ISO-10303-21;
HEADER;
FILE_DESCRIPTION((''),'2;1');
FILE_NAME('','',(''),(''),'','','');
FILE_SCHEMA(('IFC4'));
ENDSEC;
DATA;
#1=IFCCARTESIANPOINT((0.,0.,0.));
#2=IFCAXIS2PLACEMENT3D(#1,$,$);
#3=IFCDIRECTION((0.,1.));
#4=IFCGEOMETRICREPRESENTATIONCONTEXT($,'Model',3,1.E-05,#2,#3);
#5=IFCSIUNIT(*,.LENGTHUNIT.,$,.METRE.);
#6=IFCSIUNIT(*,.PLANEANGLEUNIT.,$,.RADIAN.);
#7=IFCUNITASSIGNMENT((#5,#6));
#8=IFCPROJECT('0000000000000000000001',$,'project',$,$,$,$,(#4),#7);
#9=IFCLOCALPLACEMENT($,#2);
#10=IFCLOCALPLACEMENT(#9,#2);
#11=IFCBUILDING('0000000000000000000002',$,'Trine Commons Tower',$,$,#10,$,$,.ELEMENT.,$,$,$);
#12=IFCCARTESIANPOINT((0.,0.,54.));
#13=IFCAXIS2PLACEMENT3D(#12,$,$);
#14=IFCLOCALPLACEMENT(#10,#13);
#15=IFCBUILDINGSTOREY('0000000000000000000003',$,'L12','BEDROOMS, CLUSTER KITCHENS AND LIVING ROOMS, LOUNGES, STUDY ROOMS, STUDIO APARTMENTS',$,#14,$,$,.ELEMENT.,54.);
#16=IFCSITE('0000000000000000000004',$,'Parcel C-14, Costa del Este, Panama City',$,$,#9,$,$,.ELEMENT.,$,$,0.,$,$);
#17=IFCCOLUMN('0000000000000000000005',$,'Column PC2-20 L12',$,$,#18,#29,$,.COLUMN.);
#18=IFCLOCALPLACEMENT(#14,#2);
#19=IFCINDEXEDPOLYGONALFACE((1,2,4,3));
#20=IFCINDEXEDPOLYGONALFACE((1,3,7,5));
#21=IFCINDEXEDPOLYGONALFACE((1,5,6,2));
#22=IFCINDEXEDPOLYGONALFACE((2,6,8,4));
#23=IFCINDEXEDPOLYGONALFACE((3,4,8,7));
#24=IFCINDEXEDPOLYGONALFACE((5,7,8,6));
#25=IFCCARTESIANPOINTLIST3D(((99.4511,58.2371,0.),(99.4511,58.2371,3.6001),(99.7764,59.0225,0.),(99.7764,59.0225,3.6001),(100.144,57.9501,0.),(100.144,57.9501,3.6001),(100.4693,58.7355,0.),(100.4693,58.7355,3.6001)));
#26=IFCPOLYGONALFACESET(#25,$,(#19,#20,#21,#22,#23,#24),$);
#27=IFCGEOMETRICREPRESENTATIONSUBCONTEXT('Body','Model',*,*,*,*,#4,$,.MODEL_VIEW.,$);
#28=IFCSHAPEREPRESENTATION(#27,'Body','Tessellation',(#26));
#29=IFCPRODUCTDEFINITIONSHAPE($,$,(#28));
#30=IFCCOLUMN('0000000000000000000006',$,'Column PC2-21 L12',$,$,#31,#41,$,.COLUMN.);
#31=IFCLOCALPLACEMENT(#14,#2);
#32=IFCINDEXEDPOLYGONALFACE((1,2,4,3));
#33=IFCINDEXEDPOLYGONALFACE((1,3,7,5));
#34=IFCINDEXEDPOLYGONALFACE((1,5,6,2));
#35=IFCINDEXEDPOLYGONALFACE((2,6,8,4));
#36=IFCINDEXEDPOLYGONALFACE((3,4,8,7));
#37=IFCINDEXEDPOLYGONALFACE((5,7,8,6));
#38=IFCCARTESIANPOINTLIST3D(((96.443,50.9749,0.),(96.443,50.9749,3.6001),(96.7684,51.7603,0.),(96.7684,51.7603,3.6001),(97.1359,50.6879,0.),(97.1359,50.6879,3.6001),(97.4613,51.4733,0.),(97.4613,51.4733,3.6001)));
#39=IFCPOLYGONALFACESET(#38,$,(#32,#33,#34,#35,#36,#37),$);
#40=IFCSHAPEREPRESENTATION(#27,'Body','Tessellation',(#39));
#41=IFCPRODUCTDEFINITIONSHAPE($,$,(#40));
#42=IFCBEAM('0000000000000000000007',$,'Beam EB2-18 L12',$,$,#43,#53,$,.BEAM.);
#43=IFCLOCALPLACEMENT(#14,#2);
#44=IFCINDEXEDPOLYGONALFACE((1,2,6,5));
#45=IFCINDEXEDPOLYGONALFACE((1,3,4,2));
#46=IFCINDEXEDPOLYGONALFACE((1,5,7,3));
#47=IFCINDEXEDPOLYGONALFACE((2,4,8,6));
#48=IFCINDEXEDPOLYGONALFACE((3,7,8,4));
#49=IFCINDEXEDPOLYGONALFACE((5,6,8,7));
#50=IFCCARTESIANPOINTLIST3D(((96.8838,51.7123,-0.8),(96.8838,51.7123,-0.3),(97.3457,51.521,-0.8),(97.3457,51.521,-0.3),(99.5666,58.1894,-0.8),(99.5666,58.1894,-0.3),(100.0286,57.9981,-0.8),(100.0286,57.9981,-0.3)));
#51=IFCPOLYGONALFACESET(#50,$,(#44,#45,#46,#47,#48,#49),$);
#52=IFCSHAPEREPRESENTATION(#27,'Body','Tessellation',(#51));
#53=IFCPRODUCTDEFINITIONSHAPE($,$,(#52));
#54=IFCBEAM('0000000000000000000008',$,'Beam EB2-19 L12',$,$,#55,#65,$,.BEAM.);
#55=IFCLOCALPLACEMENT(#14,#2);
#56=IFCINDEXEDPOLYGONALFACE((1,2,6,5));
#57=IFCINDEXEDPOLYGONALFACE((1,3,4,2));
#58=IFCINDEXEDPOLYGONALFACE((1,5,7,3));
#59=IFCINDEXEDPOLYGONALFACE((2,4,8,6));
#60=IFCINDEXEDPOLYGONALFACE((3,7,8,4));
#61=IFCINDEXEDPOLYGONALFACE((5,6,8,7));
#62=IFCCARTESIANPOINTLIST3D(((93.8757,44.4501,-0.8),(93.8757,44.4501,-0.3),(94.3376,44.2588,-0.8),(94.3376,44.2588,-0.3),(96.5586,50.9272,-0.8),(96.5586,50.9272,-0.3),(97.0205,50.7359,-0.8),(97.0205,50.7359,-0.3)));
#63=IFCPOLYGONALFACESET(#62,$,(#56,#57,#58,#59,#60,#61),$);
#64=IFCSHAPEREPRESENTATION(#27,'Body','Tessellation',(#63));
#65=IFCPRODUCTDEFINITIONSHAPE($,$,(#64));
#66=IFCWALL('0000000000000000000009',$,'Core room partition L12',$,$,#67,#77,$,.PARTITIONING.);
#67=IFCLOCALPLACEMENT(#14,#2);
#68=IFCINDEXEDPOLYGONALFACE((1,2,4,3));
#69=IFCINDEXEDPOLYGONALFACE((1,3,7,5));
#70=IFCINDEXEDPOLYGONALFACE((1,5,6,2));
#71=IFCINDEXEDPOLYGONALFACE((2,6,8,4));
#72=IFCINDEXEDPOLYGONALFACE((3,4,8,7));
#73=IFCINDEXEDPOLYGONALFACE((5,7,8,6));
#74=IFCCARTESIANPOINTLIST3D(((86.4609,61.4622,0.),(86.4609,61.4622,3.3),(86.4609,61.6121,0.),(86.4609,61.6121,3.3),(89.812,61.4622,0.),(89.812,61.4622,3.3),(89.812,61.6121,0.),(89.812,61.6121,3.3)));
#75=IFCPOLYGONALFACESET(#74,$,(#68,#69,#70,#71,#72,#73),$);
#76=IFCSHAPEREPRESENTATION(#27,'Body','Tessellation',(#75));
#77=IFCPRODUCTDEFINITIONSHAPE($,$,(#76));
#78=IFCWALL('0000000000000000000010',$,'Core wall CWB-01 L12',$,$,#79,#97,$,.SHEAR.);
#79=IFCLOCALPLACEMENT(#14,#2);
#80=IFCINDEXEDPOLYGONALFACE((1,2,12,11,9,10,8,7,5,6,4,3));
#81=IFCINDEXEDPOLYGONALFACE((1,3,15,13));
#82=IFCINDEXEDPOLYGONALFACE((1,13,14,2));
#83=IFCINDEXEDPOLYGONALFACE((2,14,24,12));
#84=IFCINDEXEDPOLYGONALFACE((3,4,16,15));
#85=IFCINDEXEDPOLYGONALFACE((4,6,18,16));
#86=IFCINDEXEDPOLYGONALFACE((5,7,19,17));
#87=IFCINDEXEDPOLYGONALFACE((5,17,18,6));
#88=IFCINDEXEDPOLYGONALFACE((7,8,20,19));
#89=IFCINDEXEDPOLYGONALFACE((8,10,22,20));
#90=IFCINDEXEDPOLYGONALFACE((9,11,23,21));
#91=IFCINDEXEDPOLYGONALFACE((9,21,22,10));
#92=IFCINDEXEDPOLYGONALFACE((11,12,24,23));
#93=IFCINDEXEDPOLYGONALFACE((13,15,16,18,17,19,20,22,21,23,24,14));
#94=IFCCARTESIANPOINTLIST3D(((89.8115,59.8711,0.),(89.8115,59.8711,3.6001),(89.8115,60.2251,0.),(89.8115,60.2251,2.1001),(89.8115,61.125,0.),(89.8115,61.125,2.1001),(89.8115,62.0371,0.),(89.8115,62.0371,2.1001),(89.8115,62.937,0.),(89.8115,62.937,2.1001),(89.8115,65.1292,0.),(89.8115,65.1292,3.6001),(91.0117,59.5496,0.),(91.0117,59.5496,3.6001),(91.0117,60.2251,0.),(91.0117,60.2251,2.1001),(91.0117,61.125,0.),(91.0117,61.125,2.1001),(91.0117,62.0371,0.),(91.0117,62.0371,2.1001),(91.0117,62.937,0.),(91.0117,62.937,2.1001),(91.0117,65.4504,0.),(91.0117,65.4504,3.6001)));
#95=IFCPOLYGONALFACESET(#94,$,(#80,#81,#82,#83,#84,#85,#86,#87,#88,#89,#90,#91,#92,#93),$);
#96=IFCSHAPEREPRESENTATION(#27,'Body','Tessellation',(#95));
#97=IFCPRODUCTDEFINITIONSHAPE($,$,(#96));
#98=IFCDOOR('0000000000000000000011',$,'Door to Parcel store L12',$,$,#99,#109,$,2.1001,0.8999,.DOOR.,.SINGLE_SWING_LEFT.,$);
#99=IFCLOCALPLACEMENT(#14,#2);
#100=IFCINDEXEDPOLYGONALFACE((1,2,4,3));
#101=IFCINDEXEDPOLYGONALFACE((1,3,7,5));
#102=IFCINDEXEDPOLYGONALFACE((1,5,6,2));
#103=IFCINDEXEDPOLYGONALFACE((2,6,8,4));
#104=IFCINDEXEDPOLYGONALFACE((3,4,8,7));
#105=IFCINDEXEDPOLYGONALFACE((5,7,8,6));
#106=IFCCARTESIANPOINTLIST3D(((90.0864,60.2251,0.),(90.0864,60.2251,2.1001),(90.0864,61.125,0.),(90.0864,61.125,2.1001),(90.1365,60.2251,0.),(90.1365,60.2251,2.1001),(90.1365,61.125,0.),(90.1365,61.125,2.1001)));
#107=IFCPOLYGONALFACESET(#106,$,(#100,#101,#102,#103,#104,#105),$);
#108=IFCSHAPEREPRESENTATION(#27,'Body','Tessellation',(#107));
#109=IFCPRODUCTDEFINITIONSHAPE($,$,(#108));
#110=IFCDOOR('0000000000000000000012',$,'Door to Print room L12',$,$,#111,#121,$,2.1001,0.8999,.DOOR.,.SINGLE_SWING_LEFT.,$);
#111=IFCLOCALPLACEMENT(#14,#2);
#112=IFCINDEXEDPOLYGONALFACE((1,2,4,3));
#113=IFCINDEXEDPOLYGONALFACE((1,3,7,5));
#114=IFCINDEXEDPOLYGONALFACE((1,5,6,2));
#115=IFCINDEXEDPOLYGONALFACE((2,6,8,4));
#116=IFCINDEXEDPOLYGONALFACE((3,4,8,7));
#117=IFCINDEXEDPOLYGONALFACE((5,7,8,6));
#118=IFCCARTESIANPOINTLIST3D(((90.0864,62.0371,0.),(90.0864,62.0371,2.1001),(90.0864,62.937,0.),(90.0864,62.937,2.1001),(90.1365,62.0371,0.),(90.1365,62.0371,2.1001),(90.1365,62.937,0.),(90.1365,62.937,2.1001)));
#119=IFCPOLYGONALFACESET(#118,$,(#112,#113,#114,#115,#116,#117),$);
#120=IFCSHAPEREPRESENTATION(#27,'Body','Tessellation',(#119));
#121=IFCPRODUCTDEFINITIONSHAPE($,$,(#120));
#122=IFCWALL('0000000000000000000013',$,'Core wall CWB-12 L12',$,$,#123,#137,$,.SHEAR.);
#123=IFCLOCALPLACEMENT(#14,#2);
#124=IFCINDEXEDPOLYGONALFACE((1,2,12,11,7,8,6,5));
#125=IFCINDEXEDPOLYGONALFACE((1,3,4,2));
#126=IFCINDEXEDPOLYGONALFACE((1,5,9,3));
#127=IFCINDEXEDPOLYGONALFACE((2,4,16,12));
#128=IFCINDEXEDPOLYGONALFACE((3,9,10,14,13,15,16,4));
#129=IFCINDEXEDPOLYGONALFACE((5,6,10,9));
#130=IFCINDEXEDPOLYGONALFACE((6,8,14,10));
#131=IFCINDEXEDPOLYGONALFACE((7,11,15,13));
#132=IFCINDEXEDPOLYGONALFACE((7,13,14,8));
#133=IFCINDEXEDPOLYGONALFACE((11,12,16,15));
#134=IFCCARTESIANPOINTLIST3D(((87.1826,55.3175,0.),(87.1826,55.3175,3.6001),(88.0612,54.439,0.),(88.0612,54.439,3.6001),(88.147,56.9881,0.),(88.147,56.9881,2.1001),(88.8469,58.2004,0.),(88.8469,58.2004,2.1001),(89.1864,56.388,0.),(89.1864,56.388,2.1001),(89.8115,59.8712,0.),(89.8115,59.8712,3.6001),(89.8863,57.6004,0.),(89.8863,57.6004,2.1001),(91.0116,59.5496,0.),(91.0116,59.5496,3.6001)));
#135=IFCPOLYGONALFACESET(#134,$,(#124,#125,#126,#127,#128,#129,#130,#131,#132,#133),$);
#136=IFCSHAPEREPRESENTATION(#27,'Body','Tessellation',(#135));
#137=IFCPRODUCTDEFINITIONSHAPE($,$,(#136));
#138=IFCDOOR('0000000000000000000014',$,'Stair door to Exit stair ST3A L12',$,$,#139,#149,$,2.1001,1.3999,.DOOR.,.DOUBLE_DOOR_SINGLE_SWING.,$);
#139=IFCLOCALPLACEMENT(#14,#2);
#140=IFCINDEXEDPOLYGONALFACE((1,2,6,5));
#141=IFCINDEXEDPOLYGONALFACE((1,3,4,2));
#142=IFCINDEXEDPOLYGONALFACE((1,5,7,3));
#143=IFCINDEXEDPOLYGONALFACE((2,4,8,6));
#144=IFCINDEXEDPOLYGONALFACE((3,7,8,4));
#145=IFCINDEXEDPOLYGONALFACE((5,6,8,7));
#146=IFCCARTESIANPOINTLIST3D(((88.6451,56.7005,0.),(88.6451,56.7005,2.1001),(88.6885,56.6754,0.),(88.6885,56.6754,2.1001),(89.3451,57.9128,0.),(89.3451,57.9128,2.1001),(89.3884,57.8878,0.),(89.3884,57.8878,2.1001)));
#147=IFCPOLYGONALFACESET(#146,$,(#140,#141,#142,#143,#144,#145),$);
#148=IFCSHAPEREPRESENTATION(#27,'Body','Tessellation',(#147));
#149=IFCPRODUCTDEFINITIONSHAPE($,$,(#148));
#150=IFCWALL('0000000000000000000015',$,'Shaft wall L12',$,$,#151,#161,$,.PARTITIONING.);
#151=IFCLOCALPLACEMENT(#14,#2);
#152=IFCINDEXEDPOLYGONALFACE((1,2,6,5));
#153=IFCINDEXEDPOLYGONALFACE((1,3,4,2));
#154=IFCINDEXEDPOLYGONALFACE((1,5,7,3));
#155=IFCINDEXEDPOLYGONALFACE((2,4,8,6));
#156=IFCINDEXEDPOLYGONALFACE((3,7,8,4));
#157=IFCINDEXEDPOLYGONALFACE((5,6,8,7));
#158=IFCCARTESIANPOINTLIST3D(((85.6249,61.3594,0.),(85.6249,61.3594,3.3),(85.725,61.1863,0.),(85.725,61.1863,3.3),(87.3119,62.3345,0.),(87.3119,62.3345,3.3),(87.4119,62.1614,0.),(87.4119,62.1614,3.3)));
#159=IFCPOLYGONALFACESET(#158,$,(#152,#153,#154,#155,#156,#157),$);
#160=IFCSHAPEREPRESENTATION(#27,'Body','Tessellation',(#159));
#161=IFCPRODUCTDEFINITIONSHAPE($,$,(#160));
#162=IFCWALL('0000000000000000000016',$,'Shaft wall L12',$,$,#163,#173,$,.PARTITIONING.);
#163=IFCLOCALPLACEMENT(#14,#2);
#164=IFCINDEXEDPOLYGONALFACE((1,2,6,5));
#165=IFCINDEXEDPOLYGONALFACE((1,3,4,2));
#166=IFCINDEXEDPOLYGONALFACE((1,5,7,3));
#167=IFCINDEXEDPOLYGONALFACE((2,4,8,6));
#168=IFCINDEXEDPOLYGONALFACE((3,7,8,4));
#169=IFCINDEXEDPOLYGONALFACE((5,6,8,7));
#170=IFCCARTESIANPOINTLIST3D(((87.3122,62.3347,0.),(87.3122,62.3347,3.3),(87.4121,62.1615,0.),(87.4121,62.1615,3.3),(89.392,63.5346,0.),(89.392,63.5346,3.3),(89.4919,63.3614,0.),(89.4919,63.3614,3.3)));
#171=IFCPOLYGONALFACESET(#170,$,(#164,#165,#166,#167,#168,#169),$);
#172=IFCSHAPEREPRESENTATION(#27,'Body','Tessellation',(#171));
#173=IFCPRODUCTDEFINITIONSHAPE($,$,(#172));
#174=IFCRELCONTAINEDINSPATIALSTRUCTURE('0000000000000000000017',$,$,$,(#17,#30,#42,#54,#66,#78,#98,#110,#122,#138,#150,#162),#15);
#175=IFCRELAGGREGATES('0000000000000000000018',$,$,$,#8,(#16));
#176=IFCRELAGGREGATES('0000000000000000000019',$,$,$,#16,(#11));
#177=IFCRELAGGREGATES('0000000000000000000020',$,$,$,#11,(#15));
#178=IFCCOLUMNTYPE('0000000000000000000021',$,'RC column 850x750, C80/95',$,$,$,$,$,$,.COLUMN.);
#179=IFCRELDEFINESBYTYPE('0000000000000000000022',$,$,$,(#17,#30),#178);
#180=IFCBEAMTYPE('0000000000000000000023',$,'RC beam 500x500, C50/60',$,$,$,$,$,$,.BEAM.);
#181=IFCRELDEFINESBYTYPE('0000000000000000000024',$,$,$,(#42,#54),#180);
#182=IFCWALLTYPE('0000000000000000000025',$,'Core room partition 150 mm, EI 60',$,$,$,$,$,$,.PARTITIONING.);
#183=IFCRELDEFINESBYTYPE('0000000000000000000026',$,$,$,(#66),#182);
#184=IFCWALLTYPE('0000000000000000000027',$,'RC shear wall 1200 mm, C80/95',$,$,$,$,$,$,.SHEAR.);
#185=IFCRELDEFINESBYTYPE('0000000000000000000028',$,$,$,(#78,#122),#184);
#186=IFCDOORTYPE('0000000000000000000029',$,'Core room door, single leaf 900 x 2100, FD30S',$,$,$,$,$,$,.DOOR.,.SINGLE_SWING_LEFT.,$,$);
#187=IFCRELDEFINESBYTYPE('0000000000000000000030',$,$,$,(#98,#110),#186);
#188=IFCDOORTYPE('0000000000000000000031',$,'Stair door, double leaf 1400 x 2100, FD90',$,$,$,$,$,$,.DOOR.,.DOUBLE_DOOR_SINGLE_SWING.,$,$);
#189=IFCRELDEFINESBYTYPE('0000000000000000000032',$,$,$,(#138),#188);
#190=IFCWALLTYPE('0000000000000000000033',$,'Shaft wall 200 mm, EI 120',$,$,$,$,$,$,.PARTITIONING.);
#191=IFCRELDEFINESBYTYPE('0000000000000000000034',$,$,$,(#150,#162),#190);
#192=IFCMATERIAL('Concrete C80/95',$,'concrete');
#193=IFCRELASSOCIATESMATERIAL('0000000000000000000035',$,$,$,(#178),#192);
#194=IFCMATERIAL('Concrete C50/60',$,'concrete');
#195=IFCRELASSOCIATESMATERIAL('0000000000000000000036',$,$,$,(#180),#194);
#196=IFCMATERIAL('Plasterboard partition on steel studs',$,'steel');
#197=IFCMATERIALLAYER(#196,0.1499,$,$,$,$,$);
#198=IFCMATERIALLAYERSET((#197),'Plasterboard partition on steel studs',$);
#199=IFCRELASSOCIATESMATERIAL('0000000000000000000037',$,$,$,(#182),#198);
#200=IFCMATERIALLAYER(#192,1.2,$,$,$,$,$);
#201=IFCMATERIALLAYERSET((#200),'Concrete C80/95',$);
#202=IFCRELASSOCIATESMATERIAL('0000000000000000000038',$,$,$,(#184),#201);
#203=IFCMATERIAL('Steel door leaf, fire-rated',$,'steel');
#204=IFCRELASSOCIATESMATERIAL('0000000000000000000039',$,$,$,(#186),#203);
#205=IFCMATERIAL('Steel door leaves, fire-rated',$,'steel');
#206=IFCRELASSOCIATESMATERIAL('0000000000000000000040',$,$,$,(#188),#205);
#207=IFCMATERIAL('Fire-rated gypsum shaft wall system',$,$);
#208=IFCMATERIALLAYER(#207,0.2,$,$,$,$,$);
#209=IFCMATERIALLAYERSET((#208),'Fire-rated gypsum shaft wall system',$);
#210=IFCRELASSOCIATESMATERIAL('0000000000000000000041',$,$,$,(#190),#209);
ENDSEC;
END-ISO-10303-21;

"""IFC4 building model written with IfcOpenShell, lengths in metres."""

from ifc_helpers import new_model, si_unit, direction, frame, frame_2d, origin, origin_2d, place, context, subcontext, project, spatial, polyline, rectangle, outline, extrude, material, layer, layer_set, material_profile, profile_set, type_object, element, fill, save


model = new_model("IFC4")

# Units and contexts
model_context = context("Model", 3, precision=1e-05, world=origin(), true_north=direction((0.0, 1.0)))
body_context = subcontext(model_context, "Body", "Model", "MODEL_VIEW")
ifc_project = project(units=[si_unit("LENGTHUNIT", "METRE"), si_unit("PLANEANGLEUNIT", "RADIAN")], contexts=[model_context])

# Site, building, storey
site_placement = place(None, origin())
site = spatial("IfcSite", under=ifc_project, at=site_placement, Name="Parcel C-14, Costa del Este, Panama City", CompositionType="ELEMENT", RefElevation=0.0)
building_placement = place(site_placement, origin())
building = spatial("IfcBuilding", under=site, at=building_placement, Name="Trine Commons Tower", CompositionType="ELEMENT")
storey_placement = place(building_placement, frame((0.0, 0.0, 54.0)))
storey = spatial("IfcBuildingStorey", under=building, at=storey_placement, Name="L12", Description="BEDROOMS, CLUSTER KITCHENS AND LIVING ROOMS, LOUNGES, STUDY ROOMS, STUDIO APARTMENTS", CompositionType="ELEMENT", Elevation=54.0)

# Columns
ifc_material_1 = material(Name="Concrete C80/95", Category="concrete")
ifc_material_profile_1 = material_profile(ifc_material_1, rectangle(XDim=0.8501, YDim=0.75, at=origin_2d()), Name="RC 850x750")
ifc_profile_set_1 = profile_set([ifc_material_profile_1], Name="Concrete C80/95")
column_type = type_object("IfcColumnType", Name="RC column 850x750, C80/95", PredefinedType="COLUMN", material=ifc_profile_set_1)
for number, where, z_axis, x_axis, name in (
    (1, (99.9602, 58.4863, 0.0), (0.0, 0.0, 1.0), (0.382683, 0.92388, 0.0), "Column PC2-20 L12"),
    (2, (96.9521, 51.2241, 0.0), (0.0, 0.0, 1.0), (0.382683, 0.92388, 0.0), "Column PC2-21 L12"),
):
    element("IfcColumn", number, at=place(storey_placement, frame(where, z_axis=z_axis, x_axis=x_axis)), inside=storey, type_object=column_type, Name=name, PredefinedType="COLUMN", context=body_context, shape_type="SweptSolid", body=[
        extrude(rectangle(XDim=0.8501, YDim=0.75, at=origin_2d()), origin(), (0.0, 0.0, 1.0), 3.6001),
    ])

# Beams
ifc_material_2 = material(Name="Concrete C50/60", Category="concrete")
ifc_material_profile_2 = material_profile(ifc_material_2, rectangle(XDim=0.5, YDim=0.5, at=origin_2d()), Name="RC 500x500")
ifc_profile_set_2 = profile_set([ifc_material_profile_2], Name="Concrete C50/60")
beam_type = type_object("IfcBeamType", Name="RC beam 500x500, C50/60", PredefinedType="BEAM", material=ifc_profile_set_2)
for number, where, z_axis, x_axis, name in (
    (3, (99.7976, 58.0938, -0.55), (-0.382681, -0.923881, 0.0), (0.923881, -0.382681, 0.0), "Beam EB2-18 L12"),
    (4, (96.7896, 50.8315, -0.55), (-0.382681, -0.923881, 0.0), (0.923881, -0.382681, 0.0), "Beam EB2-19 L12"),
):
    element("IfcBeam", number, at=place(storey_placement, frame(where, z_axis=z_axis, x_axis=x_axis)), inside=storey, type_object=beam_type, Name=name, PredefinedType="BEAM", context=body_context, shape_type="SweptSolid", body=[
        extrude(rectangle(XDim=0.5, YDim=0.5, at=origin_2d()), origin(), (0.0, 0.0, 1.0), 7.0107),
    ])

# Wall
ifc_material_3 = material(Name="Plasterboard partition on steel studs", Category="steel")
ifc_layer_1 = layer(ifc_material_3, 0.1499)
ifc_layer_set_1 = layer_set([ifc_layer_1], Name="Plasterboard partition on steel studs")
wall_type_1 = type_object("IfcWallType", Name="Core room partition 150 mm, EI 60", PredefinedType="PARTITIONING", material=ifc_layer_set_1)
wall_1_placement = place(storey_placement, frame((89.812, 61.5371, 0.0), z_axis=(0.0, 0.0, 1.0), x_axis=(-1.0, 0.0, 0.0)))
element("IfcWall", 5, at=wall_1_placement, inside=storey, type_object=wall_type_1, Name="Core room partition L12", PredefinedType="PARTITIONING", context=body_context, shape_type="SweptSolid", body=[
    extrude(rectangle(XDim=3.3511, YDim=0.1499, at=frame_2d((1.6755, 0.0))), origin(), (0.0, 0.0, 1.0), 3.3),
])

# Wall, openings, doors
ifc_layer_2 = layer(ifc_material_1, 1.2)
ifc_layer_set_2 = layer_set([ifc_layer_2], Name="Concrete C80/95")
wall_type_2 = type_object("IfcWallType", Name="RC shear wall 1200 mm, C80/95", PredefinedType="SHEAR", material=ifc_layer_set_2)
wall_2_placement = place(storey_placement, frame((90.4116, 59.5496, 0.0), z_axis=(0.0, 0.0, 1.0), x_axis=(0.0, 1.0, 0.0)))
wall_2 = element("IfcWall", 6, at=wall_2_placement, inside=storey, type_object=wall_type_2, Name="Core wall CWB-01 L12", PredefinedType="SHEAR", context=body_context, shape_type="SweptSolid", body=[
    extrude(outline(polyline([(0.0, -0.6001), (5.9009, -0.6001), (5.5796, 0.6001), (0.3215, 0.6001), (0.0, -0.6001)])), origin(), (0.0, 0.0, 1.0), 3.6001),
])
opening_1_placement = place(wall_2_placement, frame((0.6755, 0.0, 0.0)))
opening_1 = element("IfcOpeningElement", 7, at=opening_1_placement, cuts=wall_2, PredefinedType="OPENING", context=body_context, shape_type="SweptSolid", body=[
    extrude(rectangle(XDim=0.8999, YDim=2.1001, at=frame_2d((0.45, 1.05))), frame((0.0, 0.6099, 0.0), z_axis=(0.0, -1.0, 0.0), x_axis=(1.0, 0.0, 0.0)), (0.0, 0.0, 1.0), 1.22),
])
opening_2_placement = place(wall_2_placement, frame((2.4875, 0.0, 0.0)))
opening_2 = element("IfcOpeningElement", 8, at=opening_2_placement, cuts=wall_2, PredefinedType="OPENING", context=body_context, shape_type="SweptSolid", body=[
    extrude(rectangle(XDim=0.8999, YDim=2.1001, at=frame_2d((0.45, 1.05))), frame((0.0, 0.6099, 0.0), z_axis=(0.0, -1.0, 0.0), x_axis=(1.0, 0.0, 0.0)), (0.0, 0.0, 1.0), 1.22),
])
ifc_material_4 = material(Name="Steel door leaf, fire-rated", Category="steel")
door_type_1 = type_object("IfcDoorType", Name="Core room door, single leaf 900 x 2100, FD30S", OperationType="SINGLE_SWING_LEFT", PredefinedType="DOOR", material=ifc_material_4)
door_1_placement = place(opening_1_placement, origin())
door_1 = element("IfcDoor", 9, at=door_1_placement, inside=storey, type_object=door_type_1, Name="Door to Parcel store L12", OperationType="SINGLE_SWING_LEFT", OverallHeight=2.1001, OverallWidth=0.8999, PredefinedType="DOOR", context=body_context, shape_type="SweptSolid", body=[
    extrude(rectangle(XDim=0.8999, YDim=2.1001, at=frame_2d((0.45, 1.05))), frame((0.0, 0.3252, 0.0), z_axis=(0.0, -1.0, 0.0), x_axis=(1.0, 0.0, 0.0)), (0.0, 0.0, 1.0), 0.05),
])
fill(opening_1, door_1)
door_2_placement = place(opening_2_placement, origin())
door_2 = element("IfcDoor", 10, at=door_2_placement, inside=storey, type_object=door_type_1, Name="Door to Print room L12", OperationType="SINGLE_SWING_LEFT", OverallHeight=2.1001, OverallWidth=0.8999, PredefinedType="DOOR", context=body_context, shape_type="SweptSolid", body=[
    extrude(rectangle(XDim=0.8999, YDim=2.1001, at=frame_2d((0.45, 1.05))), frame((0.0, 0.3252, 0.0), z_axis=(0.0, -1.0, 0.0), x_axis=(1.0, 0.0, 0.0)), (0.0, 0.0, 1.0), 0.05),
])
fill(opening_2, door_2)

# Wall, opening, door
wall_3_placement = place(storey_placement, frame((87.5415, 54.739, 0.0), z_axis=(0.0, 0.0, 1.0), x_axis=(0.499979, 0.866037, 0.0)))
wall_3 = element("IfcWall", 11, at=wall_3_placement, inside=storey, type_object=wall_type_2, Name="Core wall CWB-12 L12", PredefinedType="SHEAR", context=body_context, shape_type="SweptSolid", body=[
    extrude(outline(polyline([(0.0, -0.6001), (5.9011, -0.6001), (5.5796, 0.6001), (0.3215, 0.6001), (0.0, -0.6001)])), origin(), (0.0, 0.0, 1.0), 3.6001),
])
opening_3_placement = place(wall_3_placement, frame((2.2505, 0.0, 0.0)))
opening_3 = element("IfcOpeningElement", 12, at=opening_3_placement, cuts=wall_3, PredefinedType="OPENING", context=body_context, shape_type="SweptSolid", body=[
    extrude(rectangle(XDim=1.3999, YDim=2.1001, at=frame_2d((0.7, 1.05))), frame((0.0, 0.6099, 0.0), z_axis=(0.0, -1.0, 0.0), x_axis=(1.0, 0.0, 0.0)), (0.0, 0.0, 1.0), 1.22),
])
ifc_material_5 = material(Name="Steel door leaves, fire-rated", Category="steel")
door_type_2 = type_object("IfcDoorType", Name="Stair door, double leaf 1400 x 2100, FD90", OperationType="DOUBLE_DOOR_SINGLE_SWING", PredefinedType="DOOR", material=ifc_material_5)
door_3_placement = place(opening_3_placement, origin())
door_3 = element("IfcDoor", 13, at=door_3_placement, inside=storey, type_object=door_type_2, Name="Stair door to Exit stair ST3A L12", OperationType="DOUBLE_DOOR_SINGLE_SWING", OverallHeight=2.1001, OverallWidth=1.3999, PredefinedType="DOOR", context=body_context, shape_type="SweptSolid", body=[
    extrude(rectangle(XDim=1.3999, YDim=2.1001, at=frame_2d((0.7, 1.05))), frame((0.0, 0.0249, 0.0), z_axis=(0.0, -1.0, 0.0), x_axis=(1.0, 0.0, 0.0)), (0.0, 0.0, 1.0), 0.05),
])
fill(opening_3, door_3)

# Walls
ifc_material_6 = material(Name="Fire-rated gypsum shaft wall system")
ifc_layer_3 = layer(ifc_material_6, 0.2)
ifc_layer_set_3 = layer_set([ifc_layer_3], Name="Fire-rated gypsum shaft wall system")
wall_type_3 = type_object("IfcWallType", Name="Shaft wall 200 mm, EI 120", PredefinedType="PARTITIONING", material=ifc_layer_set_3)
wall_4_placement = place(storey_placement, frame((85.675, 61.2729, 0.0), z_axis=(0.0, 0.0, 1.0), x_axis=(0.865781, 0.500424, 0.0)))
element("IfcWall", 14, at=wall_4_placement, inside=storey, type_object=wall_type_3, Name="Shaft wall L12", PredefinedType="PARTITIONING", context=body_context, shape_type="SweptSolid", body=[
    extrude(rectangle(XDim=1.9485, YDim=0.2, at=frame_2d((0.9741, 0.0))), origin(), (0.0, 0.0, 1.0), 3.3),
])
wall_5_placement = place(storey_placement, frame((87.3621, 62.248, 0.0), z_axis=(0.0, 0.0, 1.0), x_axis=(0.866177, 0.499737, 0.0)))
element("IfcWall", 15, at=wall_5_placement, inside=storey, type_object=wall_type_3, Name="Shaft wall L12", PredefinedType="PARTITIONING", context=body_context, shape_type="SweptSolid", body=[
    extrude(rectangle(XDim=2.4011, YDim=0.2, at=frame_2d((1.2007, 0.0))), origin(), (0.0, 0.0, 1.0), 3.3),
])

save(model, "model.ifc")
